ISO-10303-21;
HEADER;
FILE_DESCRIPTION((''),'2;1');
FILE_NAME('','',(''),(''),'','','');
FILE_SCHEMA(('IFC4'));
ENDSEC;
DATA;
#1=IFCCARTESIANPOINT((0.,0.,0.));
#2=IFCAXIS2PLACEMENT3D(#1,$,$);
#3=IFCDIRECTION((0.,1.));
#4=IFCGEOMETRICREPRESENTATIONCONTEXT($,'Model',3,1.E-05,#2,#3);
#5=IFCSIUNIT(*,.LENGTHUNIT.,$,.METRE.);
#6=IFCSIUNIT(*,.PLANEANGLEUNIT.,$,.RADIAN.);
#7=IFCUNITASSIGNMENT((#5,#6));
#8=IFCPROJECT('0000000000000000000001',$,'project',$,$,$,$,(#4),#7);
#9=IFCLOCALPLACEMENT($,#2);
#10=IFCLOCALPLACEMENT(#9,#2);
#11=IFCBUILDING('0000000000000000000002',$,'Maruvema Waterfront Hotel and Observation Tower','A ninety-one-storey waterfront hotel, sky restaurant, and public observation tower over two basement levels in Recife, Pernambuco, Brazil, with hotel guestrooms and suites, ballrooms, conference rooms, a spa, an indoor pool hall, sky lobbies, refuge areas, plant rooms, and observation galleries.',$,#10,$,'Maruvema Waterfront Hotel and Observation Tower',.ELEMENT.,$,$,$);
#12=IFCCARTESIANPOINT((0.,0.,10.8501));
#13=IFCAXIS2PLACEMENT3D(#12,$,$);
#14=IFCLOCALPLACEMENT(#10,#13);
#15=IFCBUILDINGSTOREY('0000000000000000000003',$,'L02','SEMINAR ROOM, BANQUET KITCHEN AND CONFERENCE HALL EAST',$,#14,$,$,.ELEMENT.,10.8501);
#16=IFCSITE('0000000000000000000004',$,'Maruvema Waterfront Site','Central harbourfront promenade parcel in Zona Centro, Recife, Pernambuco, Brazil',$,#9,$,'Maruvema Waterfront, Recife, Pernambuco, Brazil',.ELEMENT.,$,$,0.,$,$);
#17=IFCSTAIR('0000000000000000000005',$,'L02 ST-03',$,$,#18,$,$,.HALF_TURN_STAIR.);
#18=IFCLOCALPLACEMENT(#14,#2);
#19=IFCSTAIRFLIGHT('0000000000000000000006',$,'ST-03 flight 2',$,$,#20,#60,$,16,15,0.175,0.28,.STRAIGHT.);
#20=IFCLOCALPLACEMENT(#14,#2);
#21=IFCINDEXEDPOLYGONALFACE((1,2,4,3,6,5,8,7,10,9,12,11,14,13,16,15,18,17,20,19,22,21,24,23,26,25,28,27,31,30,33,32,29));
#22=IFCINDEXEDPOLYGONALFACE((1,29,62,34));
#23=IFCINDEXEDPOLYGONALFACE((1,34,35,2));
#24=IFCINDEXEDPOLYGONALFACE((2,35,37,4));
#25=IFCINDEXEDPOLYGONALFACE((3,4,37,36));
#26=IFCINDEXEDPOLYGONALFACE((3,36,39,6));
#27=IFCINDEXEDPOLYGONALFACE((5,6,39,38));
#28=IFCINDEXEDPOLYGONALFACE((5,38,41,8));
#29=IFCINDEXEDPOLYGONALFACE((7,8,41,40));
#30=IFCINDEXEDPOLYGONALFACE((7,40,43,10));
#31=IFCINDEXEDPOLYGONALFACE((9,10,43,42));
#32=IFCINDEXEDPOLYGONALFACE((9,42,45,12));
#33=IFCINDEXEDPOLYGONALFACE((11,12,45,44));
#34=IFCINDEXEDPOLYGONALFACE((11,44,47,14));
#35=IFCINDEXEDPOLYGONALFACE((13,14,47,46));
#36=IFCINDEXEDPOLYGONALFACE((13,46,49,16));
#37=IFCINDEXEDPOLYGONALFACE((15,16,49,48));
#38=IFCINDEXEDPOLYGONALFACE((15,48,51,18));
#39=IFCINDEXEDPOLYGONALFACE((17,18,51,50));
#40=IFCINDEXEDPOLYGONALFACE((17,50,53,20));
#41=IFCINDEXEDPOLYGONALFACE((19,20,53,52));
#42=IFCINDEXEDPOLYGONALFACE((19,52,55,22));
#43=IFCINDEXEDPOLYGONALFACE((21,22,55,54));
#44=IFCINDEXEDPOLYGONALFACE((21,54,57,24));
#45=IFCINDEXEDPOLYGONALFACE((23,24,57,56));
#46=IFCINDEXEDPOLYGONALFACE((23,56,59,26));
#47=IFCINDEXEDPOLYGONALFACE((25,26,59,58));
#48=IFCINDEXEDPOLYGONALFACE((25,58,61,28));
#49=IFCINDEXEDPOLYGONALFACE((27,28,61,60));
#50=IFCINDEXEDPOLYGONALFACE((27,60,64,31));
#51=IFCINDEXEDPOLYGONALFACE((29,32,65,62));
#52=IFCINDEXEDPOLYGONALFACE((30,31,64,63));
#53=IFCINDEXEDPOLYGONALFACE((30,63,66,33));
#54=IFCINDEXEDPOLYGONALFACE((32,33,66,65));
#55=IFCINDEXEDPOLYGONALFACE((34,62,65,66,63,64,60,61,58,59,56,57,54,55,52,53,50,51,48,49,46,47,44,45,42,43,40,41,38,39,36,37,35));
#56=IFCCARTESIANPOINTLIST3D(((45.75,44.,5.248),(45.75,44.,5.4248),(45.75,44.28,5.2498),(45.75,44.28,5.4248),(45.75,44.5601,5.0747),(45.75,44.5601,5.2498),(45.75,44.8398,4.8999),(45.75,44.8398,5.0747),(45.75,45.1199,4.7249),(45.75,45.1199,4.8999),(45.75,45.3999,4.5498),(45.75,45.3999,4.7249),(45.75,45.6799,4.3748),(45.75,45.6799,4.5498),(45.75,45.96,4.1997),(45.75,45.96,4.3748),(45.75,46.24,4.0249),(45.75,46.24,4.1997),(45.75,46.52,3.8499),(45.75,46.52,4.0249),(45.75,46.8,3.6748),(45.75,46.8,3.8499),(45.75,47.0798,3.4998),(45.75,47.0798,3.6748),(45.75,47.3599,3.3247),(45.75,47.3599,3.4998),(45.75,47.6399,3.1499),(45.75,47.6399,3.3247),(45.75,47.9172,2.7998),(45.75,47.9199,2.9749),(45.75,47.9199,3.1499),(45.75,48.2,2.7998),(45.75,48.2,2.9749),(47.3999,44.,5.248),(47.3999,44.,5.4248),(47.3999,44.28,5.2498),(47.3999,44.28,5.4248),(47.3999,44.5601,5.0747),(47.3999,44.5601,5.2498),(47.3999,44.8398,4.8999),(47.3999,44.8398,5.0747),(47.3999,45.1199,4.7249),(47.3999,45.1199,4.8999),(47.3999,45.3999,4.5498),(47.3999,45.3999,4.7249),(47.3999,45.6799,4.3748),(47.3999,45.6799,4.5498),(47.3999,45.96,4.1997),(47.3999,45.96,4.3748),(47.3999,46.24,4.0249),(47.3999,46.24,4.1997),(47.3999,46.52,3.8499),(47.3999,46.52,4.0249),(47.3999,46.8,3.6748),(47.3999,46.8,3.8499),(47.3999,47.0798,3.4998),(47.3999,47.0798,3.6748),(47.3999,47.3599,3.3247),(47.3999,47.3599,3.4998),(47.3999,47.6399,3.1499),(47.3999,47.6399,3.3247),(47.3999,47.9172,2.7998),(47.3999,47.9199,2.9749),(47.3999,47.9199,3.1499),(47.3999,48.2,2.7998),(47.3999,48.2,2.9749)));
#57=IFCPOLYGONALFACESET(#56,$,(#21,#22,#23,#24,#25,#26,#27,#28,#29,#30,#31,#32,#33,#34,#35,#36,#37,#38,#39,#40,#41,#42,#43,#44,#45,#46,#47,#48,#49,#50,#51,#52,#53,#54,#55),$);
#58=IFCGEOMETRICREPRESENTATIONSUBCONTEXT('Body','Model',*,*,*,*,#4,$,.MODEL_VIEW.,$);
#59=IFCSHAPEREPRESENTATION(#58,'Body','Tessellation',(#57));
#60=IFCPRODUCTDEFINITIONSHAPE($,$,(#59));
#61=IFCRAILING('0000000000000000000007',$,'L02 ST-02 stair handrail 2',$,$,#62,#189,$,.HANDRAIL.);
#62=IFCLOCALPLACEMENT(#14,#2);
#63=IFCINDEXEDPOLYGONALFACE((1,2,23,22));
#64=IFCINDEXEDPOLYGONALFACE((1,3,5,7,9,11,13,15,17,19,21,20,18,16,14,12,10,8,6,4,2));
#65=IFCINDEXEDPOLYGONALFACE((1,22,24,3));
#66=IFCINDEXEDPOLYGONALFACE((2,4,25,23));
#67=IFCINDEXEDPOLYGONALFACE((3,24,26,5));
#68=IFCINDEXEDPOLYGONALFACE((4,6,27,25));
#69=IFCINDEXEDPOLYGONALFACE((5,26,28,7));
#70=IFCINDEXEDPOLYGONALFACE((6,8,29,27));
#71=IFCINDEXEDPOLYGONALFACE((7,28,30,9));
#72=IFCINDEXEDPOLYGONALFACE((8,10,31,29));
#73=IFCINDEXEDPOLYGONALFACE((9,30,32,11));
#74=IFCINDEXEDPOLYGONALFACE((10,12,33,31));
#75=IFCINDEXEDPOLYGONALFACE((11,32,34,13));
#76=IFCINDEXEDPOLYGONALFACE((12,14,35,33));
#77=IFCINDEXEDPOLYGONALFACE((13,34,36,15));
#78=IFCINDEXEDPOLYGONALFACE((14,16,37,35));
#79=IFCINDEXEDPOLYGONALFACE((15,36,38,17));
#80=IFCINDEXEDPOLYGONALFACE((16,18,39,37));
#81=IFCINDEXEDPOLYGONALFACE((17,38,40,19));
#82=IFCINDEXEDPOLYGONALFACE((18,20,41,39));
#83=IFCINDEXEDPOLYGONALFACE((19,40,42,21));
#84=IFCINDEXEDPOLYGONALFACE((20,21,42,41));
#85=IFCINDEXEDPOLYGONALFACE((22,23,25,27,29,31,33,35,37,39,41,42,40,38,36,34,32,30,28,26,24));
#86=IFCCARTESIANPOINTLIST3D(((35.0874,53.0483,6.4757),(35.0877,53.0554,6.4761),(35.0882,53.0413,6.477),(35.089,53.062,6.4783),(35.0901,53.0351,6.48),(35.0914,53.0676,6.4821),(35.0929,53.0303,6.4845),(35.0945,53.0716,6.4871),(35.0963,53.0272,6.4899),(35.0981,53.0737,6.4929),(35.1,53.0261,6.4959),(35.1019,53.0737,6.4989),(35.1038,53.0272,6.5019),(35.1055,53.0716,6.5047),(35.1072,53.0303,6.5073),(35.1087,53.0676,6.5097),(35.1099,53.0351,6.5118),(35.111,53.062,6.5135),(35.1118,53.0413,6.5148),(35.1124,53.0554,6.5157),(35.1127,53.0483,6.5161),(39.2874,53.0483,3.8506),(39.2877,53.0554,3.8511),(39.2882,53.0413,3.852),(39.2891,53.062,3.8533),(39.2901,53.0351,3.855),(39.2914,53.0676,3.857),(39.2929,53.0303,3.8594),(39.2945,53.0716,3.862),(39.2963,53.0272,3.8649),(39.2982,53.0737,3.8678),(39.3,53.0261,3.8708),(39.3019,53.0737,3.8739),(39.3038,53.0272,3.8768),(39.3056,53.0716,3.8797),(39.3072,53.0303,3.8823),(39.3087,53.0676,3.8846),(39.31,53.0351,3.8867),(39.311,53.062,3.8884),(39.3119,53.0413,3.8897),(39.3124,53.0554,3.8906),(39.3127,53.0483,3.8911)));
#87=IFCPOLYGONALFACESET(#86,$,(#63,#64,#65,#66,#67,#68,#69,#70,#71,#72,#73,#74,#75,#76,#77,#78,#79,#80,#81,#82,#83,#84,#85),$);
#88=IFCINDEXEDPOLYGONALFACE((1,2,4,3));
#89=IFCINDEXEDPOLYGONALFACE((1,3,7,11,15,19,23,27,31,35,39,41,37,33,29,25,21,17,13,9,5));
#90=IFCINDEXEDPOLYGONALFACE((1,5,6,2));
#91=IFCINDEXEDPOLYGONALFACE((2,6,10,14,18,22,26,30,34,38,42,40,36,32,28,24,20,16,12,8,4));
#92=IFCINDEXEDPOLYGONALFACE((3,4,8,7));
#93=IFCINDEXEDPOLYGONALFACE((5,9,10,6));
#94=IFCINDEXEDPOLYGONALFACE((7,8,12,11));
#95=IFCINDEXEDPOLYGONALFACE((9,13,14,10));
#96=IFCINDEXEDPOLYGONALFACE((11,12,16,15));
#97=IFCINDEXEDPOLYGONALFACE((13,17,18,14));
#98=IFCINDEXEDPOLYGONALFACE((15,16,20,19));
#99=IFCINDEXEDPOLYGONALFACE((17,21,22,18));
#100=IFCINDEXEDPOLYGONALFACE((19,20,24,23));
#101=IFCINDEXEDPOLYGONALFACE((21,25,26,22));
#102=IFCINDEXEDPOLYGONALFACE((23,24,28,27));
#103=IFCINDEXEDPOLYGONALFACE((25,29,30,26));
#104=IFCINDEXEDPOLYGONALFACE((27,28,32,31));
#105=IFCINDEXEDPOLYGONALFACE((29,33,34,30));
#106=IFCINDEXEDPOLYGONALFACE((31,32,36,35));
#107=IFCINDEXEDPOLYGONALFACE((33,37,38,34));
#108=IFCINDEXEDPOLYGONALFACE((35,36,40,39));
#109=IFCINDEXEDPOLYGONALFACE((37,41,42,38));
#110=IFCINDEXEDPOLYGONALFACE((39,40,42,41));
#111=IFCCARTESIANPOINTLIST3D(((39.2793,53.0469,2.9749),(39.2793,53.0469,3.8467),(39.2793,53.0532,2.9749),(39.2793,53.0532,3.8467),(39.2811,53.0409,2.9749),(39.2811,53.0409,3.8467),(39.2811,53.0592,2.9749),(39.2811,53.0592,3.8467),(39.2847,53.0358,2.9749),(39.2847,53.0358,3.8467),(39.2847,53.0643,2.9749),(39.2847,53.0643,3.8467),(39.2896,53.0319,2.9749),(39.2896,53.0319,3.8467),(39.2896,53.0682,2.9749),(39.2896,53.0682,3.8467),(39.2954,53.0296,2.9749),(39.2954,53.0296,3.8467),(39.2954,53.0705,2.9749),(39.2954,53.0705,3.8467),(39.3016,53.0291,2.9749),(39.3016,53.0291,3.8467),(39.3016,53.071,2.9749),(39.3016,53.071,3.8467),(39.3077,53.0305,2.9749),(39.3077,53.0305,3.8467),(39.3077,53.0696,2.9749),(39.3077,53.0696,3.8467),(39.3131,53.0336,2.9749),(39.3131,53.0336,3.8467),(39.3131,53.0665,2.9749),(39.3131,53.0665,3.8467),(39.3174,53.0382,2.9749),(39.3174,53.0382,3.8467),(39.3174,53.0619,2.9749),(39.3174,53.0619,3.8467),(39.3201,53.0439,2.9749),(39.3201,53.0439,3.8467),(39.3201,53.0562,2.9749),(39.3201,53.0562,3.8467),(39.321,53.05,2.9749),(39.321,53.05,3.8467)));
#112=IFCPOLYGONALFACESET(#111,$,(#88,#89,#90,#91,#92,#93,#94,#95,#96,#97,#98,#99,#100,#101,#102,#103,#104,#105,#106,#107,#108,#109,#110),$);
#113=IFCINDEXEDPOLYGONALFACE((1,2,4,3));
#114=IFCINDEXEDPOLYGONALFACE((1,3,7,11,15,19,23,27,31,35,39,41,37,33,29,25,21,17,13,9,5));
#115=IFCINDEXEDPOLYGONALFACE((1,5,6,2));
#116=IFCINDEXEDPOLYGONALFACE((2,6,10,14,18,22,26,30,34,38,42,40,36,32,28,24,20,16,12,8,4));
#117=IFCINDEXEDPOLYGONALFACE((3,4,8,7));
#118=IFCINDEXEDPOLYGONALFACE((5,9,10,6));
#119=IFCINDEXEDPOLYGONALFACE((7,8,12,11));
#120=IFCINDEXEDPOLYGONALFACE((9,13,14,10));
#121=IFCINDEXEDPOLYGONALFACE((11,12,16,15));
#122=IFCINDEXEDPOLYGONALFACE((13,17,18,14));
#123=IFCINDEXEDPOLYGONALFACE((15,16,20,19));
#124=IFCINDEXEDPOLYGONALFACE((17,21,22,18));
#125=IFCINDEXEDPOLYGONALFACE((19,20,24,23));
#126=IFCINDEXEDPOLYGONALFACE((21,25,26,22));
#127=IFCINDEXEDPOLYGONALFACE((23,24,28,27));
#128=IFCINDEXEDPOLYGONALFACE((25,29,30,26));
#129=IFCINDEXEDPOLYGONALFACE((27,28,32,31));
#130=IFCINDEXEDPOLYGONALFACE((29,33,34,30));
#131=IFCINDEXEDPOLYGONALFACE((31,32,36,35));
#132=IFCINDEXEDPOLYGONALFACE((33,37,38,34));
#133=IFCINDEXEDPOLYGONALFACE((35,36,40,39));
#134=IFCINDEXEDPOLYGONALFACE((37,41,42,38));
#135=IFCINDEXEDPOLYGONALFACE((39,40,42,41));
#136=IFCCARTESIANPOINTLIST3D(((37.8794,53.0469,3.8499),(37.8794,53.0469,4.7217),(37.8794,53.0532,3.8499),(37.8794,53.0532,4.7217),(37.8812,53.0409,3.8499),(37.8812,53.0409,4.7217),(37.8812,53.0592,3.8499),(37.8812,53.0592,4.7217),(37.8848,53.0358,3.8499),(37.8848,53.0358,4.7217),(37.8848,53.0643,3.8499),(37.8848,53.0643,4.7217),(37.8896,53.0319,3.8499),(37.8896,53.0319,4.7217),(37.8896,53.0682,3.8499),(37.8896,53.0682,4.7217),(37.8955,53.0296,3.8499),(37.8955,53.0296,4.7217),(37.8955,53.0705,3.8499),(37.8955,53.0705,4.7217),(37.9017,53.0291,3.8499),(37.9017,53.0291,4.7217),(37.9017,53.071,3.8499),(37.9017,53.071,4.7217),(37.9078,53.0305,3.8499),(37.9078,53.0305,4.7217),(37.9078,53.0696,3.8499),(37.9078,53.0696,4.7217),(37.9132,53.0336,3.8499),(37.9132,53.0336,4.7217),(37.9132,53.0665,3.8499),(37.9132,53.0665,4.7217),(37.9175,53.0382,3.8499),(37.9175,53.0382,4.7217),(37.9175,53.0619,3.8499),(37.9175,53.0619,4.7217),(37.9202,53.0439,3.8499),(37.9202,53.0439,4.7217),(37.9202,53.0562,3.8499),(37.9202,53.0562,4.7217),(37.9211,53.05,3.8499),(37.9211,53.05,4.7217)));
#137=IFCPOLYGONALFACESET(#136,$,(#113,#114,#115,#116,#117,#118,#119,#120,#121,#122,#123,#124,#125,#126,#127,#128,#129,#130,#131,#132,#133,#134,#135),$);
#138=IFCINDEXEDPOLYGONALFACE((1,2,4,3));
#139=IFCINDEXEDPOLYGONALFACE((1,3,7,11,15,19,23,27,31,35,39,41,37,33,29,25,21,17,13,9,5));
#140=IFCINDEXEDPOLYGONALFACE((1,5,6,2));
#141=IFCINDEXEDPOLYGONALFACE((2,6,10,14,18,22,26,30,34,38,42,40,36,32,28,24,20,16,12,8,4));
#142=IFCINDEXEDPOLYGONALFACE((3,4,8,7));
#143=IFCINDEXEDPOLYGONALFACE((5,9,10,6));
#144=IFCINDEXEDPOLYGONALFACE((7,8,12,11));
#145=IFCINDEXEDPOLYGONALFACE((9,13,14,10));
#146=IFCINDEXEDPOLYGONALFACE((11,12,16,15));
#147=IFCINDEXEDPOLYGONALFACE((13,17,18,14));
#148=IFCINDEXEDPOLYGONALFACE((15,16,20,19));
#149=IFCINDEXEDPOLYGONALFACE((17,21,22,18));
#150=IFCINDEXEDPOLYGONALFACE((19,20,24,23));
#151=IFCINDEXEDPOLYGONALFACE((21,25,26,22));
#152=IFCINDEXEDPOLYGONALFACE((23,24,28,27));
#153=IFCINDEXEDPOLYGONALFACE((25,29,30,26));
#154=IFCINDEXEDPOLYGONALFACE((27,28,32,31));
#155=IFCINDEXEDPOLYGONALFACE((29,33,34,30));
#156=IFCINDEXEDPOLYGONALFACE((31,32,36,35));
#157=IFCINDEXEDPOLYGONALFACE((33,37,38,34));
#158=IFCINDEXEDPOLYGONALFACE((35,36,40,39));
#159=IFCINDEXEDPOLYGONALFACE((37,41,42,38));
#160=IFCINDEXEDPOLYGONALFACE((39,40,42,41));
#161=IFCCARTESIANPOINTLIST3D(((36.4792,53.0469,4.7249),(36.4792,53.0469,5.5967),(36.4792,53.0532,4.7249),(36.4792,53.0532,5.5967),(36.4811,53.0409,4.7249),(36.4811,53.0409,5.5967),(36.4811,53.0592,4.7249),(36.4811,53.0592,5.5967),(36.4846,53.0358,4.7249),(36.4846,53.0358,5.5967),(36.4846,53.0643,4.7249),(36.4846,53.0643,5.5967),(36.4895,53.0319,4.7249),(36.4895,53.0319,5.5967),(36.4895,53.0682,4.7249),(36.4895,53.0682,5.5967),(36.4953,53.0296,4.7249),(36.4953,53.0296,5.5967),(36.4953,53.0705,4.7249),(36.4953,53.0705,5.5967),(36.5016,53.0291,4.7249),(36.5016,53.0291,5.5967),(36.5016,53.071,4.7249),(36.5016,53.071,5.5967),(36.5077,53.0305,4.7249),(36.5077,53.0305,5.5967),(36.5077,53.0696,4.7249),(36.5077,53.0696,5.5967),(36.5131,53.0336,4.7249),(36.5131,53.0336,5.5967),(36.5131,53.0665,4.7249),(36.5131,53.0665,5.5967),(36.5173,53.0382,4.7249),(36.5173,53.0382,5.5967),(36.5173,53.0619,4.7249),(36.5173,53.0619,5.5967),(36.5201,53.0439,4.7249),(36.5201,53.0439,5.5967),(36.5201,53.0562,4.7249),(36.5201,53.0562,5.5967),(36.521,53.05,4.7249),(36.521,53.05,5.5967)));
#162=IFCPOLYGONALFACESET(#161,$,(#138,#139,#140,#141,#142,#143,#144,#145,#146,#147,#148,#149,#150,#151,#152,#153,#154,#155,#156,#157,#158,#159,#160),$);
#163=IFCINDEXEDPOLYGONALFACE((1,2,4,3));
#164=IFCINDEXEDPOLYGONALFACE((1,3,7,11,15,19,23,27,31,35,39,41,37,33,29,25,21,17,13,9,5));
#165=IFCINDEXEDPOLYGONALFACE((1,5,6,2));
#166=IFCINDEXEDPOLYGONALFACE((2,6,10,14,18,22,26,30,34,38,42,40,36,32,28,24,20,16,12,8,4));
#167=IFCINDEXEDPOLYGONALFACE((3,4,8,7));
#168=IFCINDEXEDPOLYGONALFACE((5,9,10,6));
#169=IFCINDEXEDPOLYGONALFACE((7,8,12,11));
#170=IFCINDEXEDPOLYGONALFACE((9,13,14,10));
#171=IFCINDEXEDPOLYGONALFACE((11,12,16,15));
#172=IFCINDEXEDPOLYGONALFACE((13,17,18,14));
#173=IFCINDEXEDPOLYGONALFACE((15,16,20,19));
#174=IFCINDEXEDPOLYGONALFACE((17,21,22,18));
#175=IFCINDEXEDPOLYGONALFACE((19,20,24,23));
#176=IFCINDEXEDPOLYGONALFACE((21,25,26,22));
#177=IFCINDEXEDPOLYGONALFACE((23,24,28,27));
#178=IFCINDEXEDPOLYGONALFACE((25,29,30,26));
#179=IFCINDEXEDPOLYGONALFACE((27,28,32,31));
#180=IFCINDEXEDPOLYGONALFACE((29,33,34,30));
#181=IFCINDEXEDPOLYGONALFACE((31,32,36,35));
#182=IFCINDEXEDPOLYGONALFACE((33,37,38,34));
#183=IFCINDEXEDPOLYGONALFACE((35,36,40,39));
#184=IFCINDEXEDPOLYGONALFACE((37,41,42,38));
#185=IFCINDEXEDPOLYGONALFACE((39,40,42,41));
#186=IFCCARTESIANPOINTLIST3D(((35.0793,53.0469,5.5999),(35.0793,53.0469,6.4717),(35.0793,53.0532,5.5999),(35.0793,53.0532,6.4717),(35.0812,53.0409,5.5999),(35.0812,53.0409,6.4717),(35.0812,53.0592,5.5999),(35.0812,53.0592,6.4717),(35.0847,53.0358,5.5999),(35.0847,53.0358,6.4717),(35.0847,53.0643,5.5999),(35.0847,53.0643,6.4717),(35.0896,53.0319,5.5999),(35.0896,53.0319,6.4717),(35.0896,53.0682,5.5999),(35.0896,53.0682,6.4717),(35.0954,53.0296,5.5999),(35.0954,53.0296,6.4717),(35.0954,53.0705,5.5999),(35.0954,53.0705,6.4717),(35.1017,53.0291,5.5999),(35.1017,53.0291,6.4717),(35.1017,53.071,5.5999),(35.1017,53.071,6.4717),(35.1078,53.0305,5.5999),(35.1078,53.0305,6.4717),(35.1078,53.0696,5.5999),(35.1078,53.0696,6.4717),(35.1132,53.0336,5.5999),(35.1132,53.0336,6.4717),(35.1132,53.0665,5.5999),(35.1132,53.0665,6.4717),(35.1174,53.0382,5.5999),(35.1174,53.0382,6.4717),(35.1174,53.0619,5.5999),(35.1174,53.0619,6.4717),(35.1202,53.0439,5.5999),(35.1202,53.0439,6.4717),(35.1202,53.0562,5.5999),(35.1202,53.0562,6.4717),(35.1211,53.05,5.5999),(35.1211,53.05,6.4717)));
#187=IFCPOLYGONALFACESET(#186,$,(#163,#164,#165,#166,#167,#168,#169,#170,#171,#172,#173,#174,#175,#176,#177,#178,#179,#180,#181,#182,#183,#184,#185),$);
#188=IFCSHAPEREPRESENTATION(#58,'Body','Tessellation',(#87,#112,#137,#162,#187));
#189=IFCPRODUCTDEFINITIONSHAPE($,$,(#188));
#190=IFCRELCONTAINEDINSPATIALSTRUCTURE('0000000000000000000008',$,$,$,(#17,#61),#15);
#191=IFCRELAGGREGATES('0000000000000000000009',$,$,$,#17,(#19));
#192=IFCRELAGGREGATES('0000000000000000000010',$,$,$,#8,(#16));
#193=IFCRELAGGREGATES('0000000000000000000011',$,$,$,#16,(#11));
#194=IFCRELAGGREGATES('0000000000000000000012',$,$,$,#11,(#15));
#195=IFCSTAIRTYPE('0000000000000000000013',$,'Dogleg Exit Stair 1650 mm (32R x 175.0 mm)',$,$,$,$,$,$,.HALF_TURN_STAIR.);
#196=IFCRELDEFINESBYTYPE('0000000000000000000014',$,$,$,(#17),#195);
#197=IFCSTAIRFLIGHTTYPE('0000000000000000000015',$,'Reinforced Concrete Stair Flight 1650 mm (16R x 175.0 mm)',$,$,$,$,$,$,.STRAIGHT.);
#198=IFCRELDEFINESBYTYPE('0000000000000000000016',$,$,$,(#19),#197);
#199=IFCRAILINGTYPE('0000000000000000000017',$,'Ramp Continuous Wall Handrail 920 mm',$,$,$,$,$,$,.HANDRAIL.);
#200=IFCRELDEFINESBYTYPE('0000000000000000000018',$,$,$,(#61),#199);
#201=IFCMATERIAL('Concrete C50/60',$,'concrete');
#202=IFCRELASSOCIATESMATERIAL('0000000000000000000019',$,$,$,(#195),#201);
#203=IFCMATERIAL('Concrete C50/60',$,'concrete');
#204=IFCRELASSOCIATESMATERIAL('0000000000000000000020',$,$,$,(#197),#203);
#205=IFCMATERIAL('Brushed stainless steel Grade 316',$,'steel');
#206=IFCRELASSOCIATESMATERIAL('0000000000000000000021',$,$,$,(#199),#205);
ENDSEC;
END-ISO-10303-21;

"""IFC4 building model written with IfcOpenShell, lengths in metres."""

from ifc_helpers import new_model, si_unit, direction, frame, origin, origin_2d, place, context, subcontext, project, spatial, polyline, circle, outline, extrude, material, type_object, element, aggregate, save


model = new_model("IFC4")

# Units and contexts
model_context = context("Model", 3, precision=1e-05, world=origin(), true_north=direction((0.0, 1.0)))
body_context = subcontext(model_context, "Body", "Model", "MODEL_VIEW")
ifc_project = project(units=[si_unit("LENGTHUNIT", "METRE"), si_unit("PLANEANGLEUNIT", "RADIAN")], contexts=[model_context])

# Site, building, storey
site_placement = place(None, origin())
site = spatial("IfcSite", under=ifc_project, at=site_placement, Name="Maruvema Waterfront Site", Description="Central harbourfront promenade parcel in Zona Centro, Recife, Pernambuco, Brazil", LongName="Maruvema Waterfront, Recife, Pernambuco, Brazil", CompositionType="ELEMENT", RefElevation=0.0)
building_placement = place(site_placement, origin())
building = spatial("IfcBuilding", under=site, at=building_placement, Name="Maruvema Waterfront Hotel and Observation Tower", Description="A ninety-one-storey waterfront hotel, sky restaurant, and public observation tower over two basement levels in Recife, Pernambuco, Brazil, with hotel guestrooms and suites, ballrooms, conference rooms, a spa, an indoor pool hall, sky lobbies, refuge areas, plant rooms, and observation galleries.", LongName="Maruvema Waterfront Hotel and Observation Tower", CompositionType="ELEMENT")
storey_placement = place(building_placement, frame((0.0, 0.0, 10.8501)))
storey = spatial("IfcBuildingStorey", under=building, at=storey_placement, Name="L02", Description="SEMINAR ROOM, BANQUET KITCHEN AND CONFERENCE HALL EAST", CompositionType="ELEMENT", Elevation=10.8501)

# Stair, stair flight
ifc_material_1 = material(Name="Concrete C50/60", Category="concrete")
stair_type = type_object("IfcStairType", Name="Dogleg Exit Stair 1650 mm (32R x 175.0 mm)", PredefinedType="HALF_TURN_STAIR", material=ifc_material_1)
ifc_material_2 = material(Name="Concrete C50/60", Category="concrete")
stair_flight_type = type_object("IfcStairFlightType", Name="Reinforced Concrete Stair Flight 1650 mm (16R x 175.0 mm)", PredefinedType="STRAIGHT", material=ifc_material_2)
stair_1_placement = place(storey_placement, origin())
stair_1 = element("IfcStair", 1, at=stair_1_placement, inside=storey, type_object=stair_type, Name="L02 ST-03", PredefinedType="HALF_TURN_STAIR")
stair_flight_1_placement = place(storey_placement, frame((46.575, 48.2, 2.7998), z_axis=(0.0, 0.0, 1.0), x_axis=(0.0, -1.0, 0.0)))
stair_flight_1 = element("IfcStairFlight", 2, at=stair_flight_1_placement, type_object=stair_flight_type, Name="ST-03 flight 2", NumberOfRisers=16, NumberOfTreads=15, PredefinedType="STRAIGHT", RiserHeight=0.175, TreadLength=0.28, context=body_context, shape_type="SweptSolid", body=[
    extrude(outline(polyline([(0.0, 0.0), (0.0, 0.175), (0.28, 0.175), (0.28, 0.3501), (0.5601, 0.3501), (0.5601, 0.5249), (0.8401, 0.5249), (0.8401, 0.7), (1.1201, 0.7), (1.1201, 0.875), (1.3999, 0.875), (1.3999, 1.05), (1.6799, 1.05), (1.6799, 1.2251), (1.96, 1.2251), (1.96, 1.3999), (2.24, 1.3999), (2.24, 1.575), (2.52, 1.575), (2.52, 1.75), (2.8, 1.75), (2.8, 1.925), (3.0801, 1.925), (3.0801, 2.1001), (3.3601, 2.1001), (3.3601, 2.2749), (3.6399, 2.2749), (3.6399, 2.45), (3.9199, 2.45), (3.9199, 2.625), (4.2, 2.625), (4.2, 2.8), (4.2, 2.4482), (0.2827, 0.0), (0.0, 0.0)])), frame((0.0, 0.825, 0.0), z_axis=(0.0, -1.0, 0.0), x_axis=(1.0, 0.0, 0.0)), (0.0, 0.0, 1.0), 1.6499),
])
aggregate(stair_1, [stair_flight_1])

# Railing
ifc_material_3 = material(Name="Brushed stainless steel Grade 316", Category="steel")
railing_type_1 = type_object("IfcRailingType", Name="Ramp Continuous Wall Handrail 920 mm", PredefinedType="HANDRAIL", material=ifc_material_3)
railing_1_placement = place(storey_placement, frame((39.3, 53.05, 2.9749)))
element("IfcRailing", 3, at=railing_1_placement, inside=storey, type_object=railing_type_1, Name="L02 ST-02 stair handrail 2", PredefinedType="HANDRAIL", context=body_context, shape_type="SweptSolid", body=[
    extrude(circle(Radius=0.0239, at=origin_2d()), frame((0.0, 0.0, 0.896), z_axis=(-0.847996, 0.0, 0.530003), x_axis=(0.0, -1.0, 0.0)), (0.0, 0.0, 1.0), 4.9529),
    extrude(circle(Radius=0.021, at=origin_2d()), origin(), (0.0, 0.0, 1.0), 0.8718),
    extrude(circle(Radius=0.021, at=origin_2d()), frame((-1.3999, 0.0, 0.875)), (0.0, 0.0, 1.0), 0.8718),
    extrude(circle(Radius=0.021, at=origin_2d()), frame((-2.8, 0.0, 1.75)), (0.0, 0.0, 1.0), 0.8718),
    extrude(circle(Radius=0.021, at=origin_2d()), frame((-4.2, 0.0, 2.625)), (0.0, 0.0, 1.0), 0.8718),
])

save(model, "model.ifc")
